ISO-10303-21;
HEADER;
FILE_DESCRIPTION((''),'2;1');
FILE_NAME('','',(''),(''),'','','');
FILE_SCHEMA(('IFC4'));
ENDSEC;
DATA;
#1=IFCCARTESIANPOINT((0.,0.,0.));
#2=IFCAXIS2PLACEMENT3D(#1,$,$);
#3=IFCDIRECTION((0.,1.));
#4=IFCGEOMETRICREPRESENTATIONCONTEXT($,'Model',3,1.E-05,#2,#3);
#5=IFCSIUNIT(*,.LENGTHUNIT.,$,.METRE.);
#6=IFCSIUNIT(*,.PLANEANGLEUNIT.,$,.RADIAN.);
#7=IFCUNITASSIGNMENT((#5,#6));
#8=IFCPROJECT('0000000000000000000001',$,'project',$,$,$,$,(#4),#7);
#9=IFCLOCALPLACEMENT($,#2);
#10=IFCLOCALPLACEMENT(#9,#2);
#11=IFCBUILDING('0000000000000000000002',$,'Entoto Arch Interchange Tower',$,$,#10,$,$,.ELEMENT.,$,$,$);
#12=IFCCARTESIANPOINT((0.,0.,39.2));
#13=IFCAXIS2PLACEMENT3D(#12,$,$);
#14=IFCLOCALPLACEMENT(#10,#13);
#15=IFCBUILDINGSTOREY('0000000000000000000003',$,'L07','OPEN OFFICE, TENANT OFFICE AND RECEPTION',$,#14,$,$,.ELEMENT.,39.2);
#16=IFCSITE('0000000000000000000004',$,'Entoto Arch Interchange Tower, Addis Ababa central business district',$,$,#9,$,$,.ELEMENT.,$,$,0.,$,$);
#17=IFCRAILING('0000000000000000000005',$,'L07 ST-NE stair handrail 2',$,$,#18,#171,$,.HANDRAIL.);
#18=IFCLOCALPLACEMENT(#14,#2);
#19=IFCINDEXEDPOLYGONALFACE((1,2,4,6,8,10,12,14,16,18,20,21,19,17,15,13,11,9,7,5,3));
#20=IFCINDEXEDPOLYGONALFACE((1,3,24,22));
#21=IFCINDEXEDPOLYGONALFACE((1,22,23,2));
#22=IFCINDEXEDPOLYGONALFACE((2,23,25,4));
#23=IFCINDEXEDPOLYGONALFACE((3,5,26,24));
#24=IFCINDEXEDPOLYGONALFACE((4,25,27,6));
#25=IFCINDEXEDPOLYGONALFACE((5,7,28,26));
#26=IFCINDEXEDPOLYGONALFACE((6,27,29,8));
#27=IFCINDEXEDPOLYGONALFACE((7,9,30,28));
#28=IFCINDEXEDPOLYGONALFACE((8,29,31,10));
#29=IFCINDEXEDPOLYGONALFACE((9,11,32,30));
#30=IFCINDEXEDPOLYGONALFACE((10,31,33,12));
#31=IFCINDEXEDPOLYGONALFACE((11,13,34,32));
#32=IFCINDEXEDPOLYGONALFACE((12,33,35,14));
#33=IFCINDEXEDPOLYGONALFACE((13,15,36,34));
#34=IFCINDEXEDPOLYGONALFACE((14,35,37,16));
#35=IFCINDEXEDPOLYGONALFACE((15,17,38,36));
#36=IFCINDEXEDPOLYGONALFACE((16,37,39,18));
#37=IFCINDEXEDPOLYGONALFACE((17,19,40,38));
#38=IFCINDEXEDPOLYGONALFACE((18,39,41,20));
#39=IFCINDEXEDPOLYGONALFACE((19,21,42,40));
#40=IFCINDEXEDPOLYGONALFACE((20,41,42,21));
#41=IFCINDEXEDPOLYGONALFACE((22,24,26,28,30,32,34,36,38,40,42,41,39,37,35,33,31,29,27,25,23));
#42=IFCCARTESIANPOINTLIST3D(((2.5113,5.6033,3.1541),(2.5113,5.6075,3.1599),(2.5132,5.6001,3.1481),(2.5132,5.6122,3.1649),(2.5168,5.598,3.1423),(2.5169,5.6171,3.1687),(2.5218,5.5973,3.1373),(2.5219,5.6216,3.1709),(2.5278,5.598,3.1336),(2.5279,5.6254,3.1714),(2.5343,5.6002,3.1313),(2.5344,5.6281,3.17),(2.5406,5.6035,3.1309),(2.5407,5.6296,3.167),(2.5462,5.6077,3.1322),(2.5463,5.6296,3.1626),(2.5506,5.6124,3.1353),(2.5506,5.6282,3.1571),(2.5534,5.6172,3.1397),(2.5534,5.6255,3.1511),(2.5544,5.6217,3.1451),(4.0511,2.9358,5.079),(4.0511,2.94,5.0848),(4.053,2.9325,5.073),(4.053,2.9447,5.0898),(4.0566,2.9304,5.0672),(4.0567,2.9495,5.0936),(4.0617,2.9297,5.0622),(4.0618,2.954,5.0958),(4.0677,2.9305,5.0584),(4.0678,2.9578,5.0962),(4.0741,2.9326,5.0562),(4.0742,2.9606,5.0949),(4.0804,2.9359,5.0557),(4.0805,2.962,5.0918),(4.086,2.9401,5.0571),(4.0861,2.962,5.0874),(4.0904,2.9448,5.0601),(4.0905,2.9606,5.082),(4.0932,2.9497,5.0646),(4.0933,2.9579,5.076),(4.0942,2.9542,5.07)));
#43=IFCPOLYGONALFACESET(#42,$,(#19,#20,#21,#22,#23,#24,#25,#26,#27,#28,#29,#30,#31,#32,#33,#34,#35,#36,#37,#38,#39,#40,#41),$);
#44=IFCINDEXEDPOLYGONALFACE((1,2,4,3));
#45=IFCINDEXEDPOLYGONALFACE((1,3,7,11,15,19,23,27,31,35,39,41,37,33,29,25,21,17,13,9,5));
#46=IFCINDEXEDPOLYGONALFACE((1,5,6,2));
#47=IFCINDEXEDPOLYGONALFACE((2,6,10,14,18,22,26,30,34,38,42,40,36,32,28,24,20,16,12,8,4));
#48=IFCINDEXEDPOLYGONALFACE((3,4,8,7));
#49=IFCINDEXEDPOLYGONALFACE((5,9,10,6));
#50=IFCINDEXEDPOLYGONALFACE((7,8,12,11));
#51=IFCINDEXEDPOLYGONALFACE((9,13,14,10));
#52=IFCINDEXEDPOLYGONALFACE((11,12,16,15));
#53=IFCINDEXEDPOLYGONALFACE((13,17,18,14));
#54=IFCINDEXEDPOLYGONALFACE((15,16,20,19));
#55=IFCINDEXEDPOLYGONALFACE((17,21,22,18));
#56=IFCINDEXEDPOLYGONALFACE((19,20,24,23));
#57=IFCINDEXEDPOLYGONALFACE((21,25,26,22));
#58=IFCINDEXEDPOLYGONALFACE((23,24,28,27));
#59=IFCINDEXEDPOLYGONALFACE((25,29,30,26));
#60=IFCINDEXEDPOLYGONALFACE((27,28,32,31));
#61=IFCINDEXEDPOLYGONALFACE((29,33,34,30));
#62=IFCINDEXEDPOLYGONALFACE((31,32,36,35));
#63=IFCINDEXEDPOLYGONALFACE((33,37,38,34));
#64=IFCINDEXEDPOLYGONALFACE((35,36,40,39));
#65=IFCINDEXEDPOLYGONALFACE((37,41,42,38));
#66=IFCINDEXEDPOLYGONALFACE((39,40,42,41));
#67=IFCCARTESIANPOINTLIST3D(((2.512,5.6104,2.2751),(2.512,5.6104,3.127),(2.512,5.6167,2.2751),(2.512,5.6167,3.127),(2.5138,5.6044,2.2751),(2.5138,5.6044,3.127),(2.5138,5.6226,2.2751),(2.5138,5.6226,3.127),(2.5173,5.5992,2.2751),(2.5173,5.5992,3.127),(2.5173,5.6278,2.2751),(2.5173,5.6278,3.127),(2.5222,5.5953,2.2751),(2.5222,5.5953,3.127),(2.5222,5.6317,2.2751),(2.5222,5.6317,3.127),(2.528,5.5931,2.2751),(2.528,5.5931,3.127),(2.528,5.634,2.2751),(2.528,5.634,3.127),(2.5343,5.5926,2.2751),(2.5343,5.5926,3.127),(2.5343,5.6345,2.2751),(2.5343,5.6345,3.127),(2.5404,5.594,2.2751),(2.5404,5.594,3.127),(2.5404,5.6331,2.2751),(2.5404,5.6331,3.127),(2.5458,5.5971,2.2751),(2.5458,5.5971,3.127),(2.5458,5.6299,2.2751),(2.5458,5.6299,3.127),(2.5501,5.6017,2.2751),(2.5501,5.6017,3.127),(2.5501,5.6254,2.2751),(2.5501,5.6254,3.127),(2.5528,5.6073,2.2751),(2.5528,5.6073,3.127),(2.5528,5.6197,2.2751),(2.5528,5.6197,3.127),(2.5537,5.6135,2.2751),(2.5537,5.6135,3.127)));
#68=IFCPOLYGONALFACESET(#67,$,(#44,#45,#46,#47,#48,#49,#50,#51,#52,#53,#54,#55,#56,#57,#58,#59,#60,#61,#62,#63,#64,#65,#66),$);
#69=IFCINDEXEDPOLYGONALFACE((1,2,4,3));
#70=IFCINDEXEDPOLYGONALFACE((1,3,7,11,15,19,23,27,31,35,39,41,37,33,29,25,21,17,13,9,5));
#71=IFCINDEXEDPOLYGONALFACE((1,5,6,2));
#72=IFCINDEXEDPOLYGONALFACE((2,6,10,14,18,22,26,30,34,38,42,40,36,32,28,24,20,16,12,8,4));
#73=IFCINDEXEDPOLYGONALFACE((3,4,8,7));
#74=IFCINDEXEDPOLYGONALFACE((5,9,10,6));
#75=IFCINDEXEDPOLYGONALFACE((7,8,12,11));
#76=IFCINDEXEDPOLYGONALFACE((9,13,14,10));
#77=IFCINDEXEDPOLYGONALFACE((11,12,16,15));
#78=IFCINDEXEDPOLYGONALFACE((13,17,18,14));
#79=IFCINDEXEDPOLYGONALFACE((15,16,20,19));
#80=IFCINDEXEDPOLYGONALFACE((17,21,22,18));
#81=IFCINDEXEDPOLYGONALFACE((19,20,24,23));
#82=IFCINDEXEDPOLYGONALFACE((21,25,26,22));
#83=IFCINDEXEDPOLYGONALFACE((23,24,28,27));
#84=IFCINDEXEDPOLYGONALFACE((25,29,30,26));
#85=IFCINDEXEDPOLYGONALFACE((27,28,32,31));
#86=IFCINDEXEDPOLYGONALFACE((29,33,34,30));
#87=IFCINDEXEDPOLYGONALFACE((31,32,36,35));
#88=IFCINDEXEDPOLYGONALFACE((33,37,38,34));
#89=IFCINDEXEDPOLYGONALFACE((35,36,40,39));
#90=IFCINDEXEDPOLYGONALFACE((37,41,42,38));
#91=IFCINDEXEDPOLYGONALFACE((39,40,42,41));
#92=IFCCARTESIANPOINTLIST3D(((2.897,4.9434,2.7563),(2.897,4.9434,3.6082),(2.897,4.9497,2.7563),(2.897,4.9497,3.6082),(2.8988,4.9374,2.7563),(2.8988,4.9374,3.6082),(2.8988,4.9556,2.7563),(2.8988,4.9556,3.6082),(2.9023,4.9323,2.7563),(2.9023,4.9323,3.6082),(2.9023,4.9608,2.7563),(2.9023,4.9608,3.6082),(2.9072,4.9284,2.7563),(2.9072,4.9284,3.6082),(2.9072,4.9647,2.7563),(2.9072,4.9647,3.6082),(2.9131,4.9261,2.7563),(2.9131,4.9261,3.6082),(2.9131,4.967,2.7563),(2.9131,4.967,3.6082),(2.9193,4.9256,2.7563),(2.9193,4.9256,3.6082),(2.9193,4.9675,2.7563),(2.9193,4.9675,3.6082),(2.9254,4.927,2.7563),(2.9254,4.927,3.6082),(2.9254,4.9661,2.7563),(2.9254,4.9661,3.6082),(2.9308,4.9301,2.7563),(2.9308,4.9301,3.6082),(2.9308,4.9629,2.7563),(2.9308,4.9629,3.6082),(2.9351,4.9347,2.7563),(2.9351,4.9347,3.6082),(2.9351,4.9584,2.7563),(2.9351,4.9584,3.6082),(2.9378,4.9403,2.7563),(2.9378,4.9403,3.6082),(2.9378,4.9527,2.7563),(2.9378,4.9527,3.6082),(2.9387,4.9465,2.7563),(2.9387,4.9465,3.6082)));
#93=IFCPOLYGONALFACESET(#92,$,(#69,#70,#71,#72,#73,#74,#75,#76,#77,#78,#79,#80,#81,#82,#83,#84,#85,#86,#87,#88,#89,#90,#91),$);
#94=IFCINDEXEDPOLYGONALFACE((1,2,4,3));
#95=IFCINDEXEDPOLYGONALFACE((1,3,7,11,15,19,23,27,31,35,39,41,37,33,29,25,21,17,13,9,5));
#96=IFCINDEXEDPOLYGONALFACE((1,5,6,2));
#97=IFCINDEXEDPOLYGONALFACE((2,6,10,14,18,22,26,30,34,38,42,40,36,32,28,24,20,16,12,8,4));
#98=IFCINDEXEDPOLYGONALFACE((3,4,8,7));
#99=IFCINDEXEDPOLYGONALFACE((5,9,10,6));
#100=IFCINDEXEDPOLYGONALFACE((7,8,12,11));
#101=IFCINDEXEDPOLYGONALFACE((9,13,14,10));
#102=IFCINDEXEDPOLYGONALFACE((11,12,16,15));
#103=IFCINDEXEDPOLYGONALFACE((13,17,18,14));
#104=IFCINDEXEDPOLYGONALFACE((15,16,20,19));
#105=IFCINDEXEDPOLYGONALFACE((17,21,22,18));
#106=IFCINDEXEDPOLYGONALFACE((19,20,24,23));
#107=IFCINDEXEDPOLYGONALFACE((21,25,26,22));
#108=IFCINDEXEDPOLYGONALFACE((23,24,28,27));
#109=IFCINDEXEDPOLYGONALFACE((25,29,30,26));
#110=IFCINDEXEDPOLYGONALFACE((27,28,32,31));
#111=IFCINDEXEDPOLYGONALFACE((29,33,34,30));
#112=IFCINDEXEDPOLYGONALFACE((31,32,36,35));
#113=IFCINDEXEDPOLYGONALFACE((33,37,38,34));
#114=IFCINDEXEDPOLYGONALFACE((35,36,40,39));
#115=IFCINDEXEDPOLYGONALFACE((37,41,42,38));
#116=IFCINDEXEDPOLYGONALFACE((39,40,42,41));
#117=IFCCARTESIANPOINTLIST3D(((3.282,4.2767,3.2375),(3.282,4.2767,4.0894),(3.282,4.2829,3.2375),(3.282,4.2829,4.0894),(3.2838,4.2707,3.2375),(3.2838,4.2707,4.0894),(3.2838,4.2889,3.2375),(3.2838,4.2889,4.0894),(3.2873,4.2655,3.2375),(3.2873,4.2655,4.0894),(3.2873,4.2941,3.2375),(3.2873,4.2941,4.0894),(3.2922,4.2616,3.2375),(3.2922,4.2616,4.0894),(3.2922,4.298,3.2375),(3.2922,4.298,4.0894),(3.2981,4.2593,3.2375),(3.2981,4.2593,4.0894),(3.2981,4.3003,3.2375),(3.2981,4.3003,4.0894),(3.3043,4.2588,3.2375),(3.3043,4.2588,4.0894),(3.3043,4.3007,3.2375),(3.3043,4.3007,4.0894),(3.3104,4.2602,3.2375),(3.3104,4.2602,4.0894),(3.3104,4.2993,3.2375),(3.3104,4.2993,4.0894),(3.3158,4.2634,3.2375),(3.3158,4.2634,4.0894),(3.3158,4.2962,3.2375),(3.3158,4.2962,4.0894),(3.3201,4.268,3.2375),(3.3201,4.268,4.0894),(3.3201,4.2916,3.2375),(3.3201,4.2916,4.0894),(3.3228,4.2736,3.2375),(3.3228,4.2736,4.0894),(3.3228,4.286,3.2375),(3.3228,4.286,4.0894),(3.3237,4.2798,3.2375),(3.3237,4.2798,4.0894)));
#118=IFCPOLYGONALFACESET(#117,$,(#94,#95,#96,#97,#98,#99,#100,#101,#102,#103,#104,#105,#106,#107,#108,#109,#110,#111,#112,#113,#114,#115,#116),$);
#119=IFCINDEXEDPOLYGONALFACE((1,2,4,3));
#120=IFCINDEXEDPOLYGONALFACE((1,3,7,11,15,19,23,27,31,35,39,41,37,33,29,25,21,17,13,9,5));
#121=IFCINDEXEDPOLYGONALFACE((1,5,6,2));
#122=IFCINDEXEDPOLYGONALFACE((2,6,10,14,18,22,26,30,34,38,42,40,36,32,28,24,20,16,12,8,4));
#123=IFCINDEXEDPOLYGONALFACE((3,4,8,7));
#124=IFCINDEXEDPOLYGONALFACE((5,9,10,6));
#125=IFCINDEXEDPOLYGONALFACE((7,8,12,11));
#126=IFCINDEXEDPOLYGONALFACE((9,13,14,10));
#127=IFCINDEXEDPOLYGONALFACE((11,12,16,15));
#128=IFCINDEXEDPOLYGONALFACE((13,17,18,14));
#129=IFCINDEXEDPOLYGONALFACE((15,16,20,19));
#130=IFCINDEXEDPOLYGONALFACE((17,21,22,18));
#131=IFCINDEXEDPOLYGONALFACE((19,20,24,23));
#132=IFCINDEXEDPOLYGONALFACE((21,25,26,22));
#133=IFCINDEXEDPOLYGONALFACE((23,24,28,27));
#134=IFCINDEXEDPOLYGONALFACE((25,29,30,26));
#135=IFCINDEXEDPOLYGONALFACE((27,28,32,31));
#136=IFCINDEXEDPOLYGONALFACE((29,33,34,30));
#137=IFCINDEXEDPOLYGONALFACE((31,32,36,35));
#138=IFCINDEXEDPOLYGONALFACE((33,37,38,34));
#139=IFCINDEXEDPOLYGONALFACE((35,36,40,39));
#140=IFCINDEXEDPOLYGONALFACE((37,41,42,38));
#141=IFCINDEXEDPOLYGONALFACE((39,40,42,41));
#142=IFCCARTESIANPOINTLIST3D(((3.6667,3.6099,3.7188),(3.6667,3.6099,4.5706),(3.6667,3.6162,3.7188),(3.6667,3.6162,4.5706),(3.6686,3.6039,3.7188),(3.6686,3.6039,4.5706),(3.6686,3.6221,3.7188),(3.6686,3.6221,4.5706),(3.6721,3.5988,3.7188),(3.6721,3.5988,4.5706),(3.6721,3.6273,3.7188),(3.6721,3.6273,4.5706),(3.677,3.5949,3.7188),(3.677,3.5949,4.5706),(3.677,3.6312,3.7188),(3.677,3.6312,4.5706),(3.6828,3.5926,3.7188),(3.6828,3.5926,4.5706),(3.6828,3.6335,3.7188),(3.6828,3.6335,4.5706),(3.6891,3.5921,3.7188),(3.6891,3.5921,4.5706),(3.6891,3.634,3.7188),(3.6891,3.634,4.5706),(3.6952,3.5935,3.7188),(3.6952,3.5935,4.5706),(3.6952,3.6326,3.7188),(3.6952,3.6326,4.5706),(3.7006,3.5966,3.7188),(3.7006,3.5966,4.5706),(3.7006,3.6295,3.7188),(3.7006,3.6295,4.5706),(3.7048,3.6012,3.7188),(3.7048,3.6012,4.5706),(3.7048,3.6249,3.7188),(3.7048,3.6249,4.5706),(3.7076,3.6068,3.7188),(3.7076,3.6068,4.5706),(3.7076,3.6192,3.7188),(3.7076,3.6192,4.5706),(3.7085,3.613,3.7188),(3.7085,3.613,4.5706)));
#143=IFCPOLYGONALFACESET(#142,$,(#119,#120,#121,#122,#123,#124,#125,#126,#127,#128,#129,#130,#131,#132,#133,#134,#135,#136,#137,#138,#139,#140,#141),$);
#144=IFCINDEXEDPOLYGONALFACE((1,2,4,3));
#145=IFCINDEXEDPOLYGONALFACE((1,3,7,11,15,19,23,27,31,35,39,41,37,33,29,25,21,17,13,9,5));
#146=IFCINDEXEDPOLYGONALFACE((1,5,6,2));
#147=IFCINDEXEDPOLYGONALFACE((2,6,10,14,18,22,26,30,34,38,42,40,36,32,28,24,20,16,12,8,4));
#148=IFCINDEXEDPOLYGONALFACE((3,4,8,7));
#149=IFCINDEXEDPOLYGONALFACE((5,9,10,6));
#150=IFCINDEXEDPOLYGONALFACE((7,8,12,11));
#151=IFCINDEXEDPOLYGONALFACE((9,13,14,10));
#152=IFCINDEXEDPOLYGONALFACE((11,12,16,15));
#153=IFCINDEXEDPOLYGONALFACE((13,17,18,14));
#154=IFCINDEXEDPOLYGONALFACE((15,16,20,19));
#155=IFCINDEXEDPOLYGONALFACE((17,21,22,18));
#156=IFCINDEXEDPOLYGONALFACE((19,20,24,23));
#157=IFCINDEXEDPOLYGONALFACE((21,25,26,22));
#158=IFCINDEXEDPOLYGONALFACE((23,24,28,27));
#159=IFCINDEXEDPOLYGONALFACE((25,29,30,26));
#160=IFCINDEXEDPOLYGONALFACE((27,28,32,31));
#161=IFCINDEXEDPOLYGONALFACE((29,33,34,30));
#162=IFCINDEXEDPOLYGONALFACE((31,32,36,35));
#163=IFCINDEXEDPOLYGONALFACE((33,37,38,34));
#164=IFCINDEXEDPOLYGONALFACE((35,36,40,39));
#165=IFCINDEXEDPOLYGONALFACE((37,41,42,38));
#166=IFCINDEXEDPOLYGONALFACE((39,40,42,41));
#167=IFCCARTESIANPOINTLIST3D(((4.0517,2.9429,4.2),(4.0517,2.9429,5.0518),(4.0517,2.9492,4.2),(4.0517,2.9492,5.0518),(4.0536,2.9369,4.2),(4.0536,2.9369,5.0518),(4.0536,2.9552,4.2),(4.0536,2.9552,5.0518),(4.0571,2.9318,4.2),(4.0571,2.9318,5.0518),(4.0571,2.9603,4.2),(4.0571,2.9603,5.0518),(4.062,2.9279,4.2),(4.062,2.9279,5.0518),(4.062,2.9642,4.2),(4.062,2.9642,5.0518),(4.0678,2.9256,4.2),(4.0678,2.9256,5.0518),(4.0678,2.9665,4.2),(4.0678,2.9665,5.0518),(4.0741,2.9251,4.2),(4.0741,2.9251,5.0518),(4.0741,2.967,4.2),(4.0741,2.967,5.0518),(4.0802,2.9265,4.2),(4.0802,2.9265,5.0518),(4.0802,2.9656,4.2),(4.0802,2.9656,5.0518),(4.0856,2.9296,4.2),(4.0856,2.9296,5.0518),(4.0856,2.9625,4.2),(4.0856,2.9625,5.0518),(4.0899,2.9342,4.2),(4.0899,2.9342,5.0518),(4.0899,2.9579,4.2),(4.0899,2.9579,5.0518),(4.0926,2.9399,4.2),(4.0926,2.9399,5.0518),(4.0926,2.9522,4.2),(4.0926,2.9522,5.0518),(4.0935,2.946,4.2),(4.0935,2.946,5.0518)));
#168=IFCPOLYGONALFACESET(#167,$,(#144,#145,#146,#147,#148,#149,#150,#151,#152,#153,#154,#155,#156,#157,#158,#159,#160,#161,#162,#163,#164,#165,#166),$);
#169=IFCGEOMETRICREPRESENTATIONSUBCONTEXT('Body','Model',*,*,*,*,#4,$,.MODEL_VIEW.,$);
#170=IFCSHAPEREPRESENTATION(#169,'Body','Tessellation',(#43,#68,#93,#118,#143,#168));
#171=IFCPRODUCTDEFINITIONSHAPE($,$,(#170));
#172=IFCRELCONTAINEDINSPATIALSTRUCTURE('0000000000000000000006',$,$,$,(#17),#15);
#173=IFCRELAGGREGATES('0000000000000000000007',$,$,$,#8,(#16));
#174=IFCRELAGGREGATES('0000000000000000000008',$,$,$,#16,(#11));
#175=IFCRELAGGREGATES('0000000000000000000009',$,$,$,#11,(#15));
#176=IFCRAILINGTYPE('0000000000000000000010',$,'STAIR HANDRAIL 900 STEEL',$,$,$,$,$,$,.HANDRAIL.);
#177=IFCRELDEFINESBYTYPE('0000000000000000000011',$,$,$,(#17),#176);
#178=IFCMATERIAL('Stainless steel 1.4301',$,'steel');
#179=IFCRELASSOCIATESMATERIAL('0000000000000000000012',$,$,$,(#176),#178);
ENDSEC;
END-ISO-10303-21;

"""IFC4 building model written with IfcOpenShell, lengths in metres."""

from ifc_helpers import new_model, si_unit, direction, frame, origin, origin_2d, place, context, subcontext, project, spatial, circle, extrude, material, type_object, element, save


model = new_model("IFC4")

# Units and contexts
model_context = context("Model", 3, precision=1e-05, world=origin(), true_north=direction((0.0, 1.0)))
body_context = subcontext(model_context, "Body", "Model", "MODEL_VIEW")
ifc_project = project(units=[si_unit("LENGTHUNIT", "METRE"), si_unit("PLANEANGLEUNIT", "RADIAN")], contexts=[model_context])

# Site, building, storey
site_placement = place(None, origin())
site = spatial("IfcSite", under=ifc_project, at=site_placement, Name="Entoto Arch Interchange Tower, Addis Ababa central business district", CompositionType="ELEMENT", RefElevation=0.0)
building_placement = place(site_placement, origin())
building = spatial("IfcBuilding", under=site, at=building_placement, Name="Entoto Arch Interchange Tower", CompositionType="ELEMENT")
storey_placement = place(building_placement, frame((0.0, 0.0, 39.2)))
storey = spatial("IfcBuildingStorey", under=building, at=storey_placement, Name="L07", Description="OPEN OFFICE, TENANT OFFICE AND RECEPTION", CompositionType="ELEMENT", Elevation=39.2)

# Railing
ifc_material_1 = material(Name="Stainless steel 1.4301", Category="steel")
railing_type_1 = type_object("IfcRailingType", Name="STAIR HANDRAIL 900 STEEL", PredefinedType="HANDRAIL", material=ifc_material_1)
railing_1_placement = place(storey_placement, frame((2.5327, 5.6135, 2.2751)))
element("IfcRailing", 1, at=railing_1_placement, inside=storey, type_object=railing_type_1, Name="L07 ST-NE stair handrail 2", PredefinedType="HANDRAIL", context=body_context, shape_type="SweptSolid", body=[
    extrude(circle(Radius=0.0239, at=origin_2d()), frame((0.0, 0.0, 0.876), z_axis=(0.423954, -0.734442, 0.52996), x_axis=(0.866064, 0.499933, 0.0)), (0.0, 0.0, 1.0), 3.6321),
    extrude(circle(Radius=0.021, at=origin_2d()), origin(), (0.0, 0.0, 1.0), 0.8518),
    extrude(circle(Radius=0.021, at=origin_2d()), frame((0.385, -0.667, 0.4812)), (0.0, 0.0, 1.0), 0.8518),
    extrude(circle(Radius=0.021, at=origin_2d()), frame((0.77, -1.3337, 0.9624)), (0.0, 0.0, 1.0), 0.8518),
    extrude(circle(Radius=0.021, at=origin_2d()), frame((1.1548, -2.0005, 1.4436)), (0.0, 0.0, 1.0), 0.8518),
    extrude(circle(Radius=0.021, at=origin_2d()), frame((1.5398, -2.6675, 1.9248)), (0.0, 0.0, 1.0), 0.8518),
])

save(model, "model.ifc")
